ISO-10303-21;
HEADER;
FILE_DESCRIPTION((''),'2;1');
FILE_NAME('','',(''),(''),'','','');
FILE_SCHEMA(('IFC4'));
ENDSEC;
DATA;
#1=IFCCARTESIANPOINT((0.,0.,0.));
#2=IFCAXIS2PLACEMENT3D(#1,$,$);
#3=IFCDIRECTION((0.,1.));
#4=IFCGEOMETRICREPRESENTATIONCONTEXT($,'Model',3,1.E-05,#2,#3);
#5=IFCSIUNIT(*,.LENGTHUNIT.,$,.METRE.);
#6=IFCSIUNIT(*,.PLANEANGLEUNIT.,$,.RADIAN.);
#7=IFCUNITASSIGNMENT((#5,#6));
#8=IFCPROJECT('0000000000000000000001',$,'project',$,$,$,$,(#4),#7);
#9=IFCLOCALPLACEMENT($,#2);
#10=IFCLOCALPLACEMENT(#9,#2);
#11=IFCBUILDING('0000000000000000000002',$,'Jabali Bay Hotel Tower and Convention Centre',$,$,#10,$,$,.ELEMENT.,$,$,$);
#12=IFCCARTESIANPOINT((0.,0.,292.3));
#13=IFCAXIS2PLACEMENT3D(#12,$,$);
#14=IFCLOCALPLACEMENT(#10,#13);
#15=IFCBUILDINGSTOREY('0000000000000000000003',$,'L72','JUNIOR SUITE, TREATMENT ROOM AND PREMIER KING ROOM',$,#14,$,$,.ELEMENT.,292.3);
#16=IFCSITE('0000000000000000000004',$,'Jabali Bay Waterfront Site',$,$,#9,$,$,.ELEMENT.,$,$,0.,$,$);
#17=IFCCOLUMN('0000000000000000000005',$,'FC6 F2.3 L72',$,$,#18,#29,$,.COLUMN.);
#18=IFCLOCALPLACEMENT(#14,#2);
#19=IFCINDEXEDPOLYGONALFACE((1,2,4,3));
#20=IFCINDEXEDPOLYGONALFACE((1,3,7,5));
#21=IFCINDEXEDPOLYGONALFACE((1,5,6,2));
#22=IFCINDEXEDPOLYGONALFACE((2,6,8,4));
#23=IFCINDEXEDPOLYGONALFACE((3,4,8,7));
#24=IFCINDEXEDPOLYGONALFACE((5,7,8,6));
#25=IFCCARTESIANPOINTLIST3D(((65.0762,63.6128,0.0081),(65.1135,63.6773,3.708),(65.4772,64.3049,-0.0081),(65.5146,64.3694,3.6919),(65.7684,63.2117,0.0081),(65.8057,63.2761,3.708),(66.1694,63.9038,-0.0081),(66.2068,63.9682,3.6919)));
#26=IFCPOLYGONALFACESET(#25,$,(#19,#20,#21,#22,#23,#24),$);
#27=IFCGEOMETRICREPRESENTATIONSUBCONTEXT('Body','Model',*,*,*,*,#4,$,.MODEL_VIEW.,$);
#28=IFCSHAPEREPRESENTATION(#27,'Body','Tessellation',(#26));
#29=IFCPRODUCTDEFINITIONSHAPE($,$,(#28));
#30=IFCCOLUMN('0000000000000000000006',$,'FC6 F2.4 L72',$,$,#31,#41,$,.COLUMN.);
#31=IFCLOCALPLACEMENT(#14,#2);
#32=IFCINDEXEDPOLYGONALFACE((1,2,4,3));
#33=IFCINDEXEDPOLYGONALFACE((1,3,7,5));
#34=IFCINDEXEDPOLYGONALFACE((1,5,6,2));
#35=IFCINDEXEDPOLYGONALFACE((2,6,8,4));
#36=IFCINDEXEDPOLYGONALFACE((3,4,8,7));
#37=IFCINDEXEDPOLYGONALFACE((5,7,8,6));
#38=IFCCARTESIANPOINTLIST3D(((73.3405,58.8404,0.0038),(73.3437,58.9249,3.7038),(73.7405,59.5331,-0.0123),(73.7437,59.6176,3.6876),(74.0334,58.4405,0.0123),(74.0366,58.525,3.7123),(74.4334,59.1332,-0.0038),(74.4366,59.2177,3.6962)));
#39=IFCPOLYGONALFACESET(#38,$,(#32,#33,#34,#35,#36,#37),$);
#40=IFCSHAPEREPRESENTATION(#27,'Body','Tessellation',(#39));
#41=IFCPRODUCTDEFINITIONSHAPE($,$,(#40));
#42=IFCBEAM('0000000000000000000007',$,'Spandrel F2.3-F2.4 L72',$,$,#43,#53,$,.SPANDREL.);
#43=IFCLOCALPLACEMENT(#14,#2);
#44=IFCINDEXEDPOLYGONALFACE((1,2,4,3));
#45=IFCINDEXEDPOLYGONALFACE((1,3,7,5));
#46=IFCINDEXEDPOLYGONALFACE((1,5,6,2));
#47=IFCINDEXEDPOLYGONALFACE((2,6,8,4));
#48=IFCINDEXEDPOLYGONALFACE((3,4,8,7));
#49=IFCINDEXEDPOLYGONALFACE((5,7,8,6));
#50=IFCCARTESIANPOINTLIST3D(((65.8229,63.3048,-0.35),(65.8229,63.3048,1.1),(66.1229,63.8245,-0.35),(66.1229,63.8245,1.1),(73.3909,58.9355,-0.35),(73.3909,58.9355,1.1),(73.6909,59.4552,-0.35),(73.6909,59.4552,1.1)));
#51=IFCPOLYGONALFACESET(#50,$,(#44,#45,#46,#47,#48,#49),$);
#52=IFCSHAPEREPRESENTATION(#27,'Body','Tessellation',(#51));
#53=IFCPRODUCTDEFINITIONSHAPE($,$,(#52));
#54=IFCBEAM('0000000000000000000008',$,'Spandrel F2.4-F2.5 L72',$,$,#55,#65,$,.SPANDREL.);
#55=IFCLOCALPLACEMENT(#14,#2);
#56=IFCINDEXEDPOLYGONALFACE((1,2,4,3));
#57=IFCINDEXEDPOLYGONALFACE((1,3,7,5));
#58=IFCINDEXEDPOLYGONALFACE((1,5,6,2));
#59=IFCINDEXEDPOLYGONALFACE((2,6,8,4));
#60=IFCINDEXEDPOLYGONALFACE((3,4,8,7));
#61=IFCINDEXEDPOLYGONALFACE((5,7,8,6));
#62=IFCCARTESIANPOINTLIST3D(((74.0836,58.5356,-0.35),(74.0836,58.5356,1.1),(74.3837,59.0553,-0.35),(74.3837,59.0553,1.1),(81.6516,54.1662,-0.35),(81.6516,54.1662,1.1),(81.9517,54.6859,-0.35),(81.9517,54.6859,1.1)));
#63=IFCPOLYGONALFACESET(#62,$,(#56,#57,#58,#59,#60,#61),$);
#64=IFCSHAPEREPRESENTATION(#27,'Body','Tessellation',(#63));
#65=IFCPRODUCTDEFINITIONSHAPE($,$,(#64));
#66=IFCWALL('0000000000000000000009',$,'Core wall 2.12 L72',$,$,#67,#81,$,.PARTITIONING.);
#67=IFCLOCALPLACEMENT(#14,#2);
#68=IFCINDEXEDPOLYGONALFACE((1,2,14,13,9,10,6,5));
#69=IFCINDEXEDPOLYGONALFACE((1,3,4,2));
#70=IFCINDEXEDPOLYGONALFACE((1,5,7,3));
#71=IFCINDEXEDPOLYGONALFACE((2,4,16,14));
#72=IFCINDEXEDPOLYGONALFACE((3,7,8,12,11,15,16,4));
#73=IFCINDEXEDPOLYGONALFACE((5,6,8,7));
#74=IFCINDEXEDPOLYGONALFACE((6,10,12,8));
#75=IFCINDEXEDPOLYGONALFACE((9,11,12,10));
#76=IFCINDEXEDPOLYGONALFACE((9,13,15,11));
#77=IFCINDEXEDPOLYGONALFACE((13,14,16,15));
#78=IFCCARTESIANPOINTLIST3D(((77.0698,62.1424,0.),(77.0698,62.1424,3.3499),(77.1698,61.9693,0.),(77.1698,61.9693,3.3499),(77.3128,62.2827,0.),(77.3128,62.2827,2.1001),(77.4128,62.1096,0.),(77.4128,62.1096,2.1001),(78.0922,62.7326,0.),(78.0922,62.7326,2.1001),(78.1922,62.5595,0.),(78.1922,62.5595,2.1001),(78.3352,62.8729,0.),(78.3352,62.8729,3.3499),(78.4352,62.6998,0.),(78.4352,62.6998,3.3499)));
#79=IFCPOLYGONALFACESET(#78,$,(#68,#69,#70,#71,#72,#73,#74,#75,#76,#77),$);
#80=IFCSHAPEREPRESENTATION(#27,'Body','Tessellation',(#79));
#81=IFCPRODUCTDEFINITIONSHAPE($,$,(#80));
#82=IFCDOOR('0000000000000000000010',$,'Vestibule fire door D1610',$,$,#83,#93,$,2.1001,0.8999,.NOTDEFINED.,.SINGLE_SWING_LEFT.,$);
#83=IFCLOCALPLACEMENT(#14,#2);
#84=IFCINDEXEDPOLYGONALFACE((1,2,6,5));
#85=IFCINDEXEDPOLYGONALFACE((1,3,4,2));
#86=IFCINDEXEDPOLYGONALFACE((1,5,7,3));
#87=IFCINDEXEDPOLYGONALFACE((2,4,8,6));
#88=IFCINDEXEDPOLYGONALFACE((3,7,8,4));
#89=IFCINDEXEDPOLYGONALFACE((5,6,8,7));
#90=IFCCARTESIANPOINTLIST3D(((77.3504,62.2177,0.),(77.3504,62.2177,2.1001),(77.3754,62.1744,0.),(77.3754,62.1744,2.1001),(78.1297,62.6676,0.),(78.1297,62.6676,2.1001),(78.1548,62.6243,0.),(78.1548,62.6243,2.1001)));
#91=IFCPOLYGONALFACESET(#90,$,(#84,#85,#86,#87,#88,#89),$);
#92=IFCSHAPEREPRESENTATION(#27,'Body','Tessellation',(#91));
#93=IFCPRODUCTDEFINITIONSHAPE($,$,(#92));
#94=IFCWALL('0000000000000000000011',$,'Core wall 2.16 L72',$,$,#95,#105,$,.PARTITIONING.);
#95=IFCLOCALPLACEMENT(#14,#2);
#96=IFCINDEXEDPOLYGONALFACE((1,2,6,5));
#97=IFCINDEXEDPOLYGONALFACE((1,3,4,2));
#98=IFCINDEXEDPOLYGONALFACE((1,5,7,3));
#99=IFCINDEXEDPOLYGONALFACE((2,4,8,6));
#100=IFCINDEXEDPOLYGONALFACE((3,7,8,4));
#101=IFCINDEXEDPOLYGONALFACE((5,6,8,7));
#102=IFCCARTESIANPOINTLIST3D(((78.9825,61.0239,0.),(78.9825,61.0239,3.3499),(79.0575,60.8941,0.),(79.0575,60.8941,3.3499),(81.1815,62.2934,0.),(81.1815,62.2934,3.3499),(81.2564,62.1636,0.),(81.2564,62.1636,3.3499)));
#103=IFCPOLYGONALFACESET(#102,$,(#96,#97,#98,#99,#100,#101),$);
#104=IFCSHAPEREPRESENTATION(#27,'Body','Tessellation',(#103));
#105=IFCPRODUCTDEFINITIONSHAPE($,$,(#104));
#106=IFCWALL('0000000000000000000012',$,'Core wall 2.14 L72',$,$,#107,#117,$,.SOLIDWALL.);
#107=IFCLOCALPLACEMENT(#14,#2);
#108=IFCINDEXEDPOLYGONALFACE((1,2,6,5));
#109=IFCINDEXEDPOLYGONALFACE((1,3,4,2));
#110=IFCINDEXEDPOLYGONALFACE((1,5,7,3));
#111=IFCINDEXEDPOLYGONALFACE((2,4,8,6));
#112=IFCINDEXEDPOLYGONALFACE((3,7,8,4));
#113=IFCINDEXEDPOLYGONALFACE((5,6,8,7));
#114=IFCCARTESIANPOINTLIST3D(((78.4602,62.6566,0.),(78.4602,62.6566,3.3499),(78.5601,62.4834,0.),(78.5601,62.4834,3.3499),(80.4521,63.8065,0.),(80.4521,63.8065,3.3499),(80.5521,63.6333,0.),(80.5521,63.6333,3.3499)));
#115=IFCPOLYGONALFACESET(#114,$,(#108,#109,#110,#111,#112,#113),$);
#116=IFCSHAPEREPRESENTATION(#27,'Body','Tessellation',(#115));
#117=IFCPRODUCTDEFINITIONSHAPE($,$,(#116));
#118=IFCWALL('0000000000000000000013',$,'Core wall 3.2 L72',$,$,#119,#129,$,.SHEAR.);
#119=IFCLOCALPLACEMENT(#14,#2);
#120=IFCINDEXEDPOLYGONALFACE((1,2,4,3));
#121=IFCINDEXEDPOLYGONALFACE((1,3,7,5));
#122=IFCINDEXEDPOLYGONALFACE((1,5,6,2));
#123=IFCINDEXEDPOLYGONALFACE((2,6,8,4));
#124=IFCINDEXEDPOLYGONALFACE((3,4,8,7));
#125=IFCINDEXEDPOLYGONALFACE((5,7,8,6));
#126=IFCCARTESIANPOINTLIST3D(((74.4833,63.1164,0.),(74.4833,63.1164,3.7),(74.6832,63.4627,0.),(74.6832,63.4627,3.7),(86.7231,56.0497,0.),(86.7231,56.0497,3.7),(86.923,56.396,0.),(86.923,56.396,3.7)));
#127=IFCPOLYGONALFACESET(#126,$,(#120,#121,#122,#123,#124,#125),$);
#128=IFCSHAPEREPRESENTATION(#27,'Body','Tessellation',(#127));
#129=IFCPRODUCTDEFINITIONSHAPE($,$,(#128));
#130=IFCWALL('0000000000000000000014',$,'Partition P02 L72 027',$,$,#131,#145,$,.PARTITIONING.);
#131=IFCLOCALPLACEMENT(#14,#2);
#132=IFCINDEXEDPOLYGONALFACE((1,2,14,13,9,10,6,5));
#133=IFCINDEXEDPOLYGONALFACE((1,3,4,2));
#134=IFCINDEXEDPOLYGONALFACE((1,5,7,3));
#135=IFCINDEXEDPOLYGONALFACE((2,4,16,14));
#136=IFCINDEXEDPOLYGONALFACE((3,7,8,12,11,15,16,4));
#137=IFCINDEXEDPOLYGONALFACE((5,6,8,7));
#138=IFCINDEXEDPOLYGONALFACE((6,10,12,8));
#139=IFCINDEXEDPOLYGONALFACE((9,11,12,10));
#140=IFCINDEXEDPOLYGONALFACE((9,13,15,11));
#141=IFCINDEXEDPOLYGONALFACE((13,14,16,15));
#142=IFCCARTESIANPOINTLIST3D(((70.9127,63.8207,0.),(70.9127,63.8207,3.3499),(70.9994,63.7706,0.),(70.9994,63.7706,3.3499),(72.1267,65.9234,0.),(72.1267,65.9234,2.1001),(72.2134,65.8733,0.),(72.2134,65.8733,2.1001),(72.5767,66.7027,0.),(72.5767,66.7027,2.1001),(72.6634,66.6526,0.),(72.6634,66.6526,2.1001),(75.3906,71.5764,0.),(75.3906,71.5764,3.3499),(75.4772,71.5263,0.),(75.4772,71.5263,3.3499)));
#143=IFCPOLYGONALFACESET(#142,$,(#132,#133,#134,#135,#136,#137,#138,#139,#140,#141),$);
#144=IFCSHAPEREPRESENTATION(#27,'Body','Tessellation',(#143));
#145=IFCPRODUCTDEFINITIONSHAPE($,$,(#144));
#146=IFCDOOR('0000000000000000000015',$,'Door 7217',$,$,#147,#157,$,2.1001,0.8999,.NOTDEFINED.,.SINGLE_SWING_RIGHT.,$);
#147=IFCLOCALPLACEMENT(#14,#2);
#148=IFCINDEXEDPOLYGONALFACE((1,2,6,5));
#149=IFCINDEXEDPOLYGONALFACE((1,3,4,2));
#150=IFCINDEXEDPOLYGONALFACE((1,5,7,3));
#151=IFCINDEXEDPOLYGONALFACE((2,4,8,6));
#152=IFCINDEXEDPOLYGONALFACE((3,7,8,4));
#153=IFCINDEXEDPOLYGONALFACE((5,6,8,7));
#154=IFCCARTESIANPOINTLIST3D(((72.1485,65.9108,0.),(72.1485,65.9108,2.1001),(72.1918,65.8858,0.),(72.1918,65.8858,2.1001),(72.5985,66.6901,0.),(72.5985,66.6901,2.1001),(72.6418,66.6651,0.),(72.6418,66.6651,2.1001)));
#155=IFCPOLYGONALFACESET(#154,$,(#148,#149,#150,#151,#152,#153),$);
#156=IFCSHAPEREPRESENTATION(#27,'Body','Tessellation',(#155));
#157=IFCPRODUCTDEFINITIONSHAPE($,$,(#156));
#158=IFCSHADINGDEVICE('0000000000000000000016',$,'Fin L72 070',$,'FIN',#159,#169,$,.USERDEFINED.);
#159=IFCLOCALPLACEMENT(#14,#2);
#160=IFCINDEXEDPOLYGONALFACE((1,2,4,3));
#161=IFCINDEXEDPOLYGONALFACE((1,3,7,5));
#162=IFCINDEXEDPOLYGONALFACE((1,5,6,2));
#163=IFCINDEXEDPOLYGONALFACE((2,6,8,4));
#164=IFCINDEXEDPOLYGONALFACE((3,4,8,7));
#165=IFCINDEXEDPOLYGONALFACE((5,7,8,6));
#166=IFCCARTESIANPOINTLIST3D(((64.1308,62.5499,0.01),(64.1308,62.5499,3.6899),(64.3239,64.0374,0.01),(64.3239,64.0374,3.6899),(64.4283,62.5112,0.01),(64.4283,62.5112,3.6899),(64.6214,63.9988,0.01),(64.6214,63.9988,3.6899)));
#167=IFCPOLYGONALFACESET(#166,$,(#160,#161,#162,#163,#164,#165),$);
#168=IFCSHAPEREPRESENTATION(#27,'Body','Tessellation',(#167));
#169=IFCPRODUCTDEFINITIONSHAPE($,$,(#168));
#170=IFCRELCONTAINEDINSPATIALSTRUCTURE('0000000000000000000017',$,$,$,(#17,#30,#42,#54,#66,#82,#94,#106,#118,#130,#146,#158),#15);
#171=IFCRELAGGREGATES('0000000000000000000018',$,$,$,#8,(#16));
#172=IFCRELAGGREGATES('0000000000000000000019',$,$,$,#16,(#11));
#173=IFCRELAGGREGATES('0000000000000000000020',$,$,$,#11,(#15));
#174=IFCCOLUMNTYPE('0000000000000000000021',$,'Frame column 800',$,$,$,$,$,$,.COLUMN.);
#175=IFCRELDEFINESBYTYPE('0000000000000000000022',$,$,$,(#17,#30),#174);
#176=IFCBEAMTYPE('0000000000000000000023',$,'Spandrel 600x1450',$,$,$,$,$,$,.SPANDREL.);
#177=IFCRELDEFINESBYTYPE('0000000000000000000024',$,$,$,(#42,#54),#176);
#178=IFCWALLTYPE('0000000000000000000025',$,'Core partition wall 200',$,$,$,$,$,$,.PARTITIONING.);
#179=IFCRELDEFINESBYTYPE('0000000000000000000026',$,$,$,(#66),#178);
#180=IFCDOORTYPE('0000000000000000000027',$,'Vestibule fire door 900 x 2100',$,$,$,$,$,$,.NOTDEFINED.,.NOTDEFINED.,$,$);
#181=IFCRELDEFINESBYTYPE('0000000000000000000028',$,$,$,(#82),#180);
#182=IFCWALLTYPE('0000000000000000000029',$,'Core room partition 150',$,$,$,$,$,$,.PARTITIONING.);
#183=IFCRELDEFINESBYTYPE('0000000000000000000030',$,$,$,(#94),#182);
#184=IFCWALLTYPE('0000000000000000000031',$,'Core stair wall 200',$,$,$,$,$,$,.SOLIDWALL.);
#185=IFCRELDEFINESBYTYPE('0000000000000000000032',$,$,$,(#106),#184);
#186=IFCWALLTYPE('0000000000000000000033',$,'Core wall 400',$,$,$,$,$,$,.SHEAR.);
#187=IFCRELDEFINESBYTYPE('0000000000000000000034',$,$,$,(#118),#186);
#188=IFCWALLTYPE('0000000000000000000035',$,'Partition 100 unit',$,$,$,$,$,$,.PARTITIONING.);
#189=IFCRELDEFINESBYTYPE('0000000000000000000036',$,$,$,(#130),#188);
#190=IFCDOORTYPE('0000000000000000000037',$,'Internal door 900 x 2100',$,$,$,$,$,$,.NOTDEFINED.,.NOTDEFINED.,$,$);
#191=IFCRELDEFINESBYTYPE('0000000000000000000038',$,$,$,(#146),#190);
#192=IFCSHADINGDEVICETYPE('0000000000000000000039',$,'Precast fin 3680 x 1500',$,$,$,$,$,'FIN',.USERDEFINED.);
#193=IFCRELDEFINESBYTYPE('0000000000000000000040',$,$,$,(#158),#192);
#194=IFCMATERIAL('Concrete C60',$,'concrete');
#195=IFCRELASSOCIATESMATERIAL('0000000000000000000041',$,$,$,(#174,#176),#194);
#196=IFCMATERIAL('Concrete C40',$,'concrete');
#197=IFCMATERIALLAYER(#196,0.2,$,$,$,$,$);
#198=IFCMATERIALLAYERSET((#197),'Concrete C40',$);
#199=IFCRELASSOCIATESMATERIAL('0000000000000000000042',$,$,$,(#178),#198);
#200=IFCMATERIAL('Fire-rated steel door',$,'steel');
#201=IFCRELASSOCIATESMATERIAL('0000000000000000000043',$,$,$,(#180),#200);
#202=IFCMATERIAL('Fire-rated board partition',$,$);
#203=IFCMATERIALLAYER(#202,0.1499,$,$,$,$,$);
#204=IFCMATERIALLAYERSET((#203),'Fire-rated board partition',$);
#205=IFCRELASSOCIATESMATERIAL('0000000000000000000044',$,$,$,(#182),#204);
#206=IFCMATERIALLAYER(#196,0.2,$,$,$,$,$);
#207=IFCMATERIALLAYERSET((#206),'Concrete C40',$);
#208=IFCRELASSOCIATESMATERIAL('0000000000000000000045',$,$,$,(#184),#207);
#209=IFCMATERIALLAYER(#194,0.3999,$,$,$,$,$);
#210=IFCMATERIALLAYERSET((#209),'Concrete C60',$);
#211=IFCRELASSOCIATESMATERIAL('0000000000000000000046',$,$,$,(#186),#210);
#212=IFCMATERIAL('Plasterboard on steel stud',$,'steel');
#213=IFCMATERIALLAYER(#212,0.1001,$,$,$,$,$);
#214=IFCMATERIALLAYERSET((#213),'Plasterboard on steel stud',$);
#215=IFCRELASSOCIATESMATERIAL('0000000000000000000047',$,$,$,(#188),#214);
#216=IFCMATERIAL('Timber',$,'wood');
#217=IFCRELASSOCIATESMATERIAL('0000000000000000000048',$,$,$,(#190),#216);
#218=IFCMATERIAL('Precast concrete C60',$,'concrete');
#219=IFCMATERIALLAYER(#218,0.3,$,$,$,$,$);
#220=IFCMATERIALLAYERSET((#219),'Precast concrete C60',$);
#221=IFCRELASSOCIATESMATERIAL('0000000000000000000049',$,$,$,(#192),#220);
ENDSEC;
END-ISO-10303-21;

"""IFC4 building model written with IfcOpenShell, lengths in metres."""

from ifc_helpers import new_model, si_unit, direction, frame, frame_2d, origin, origin_2d, place, context, subcontext, project, spatial, rectangle, extrude, material, layer, layer_set, material_profile, profile_set, type_object, element, fill, save


model = new_model("IFC4")

# Units and contexts
model_context = context("Model", 3, precision=1e-05, world=origin(), true_north=direction((0.0, 1.0)))
body_context = subcontext(model_context, "Body", "Model", "MODEL_VIEW")
ifc_project = project(units=[si_unit("LENGTHUNIT", "METRE"), si_unit("PLANEANGLEUNIT", "RADIAN")], contexts=[model_context])

# Site, building, storey
site_placement = place(None, origin())
site = spatial("IfcSite", under=ifc_project, at=site_placement, Name="Jabali Bay Waterfront Site", CompositionType="ELEMENT", RefElevation=0.0)
building_placement = place(site_placement, origin())
building = spatial("IfcBuilding", under=site, at=building_placement, Name="Jabali Bay Hotel Tower and Convention Centre", CompositionType="ELEMENT")
storey_placement = place(building_placement, frame((0.0, 0.0, 292.3)))
storey = spatial("IfcBuildingStorey", under=building, at=storey_placement, Name="L72", Description="JUNIOR SUITE, TREATMENT ROOM AND PREMIER KING ROOM", CompositionType="ELEMENT", Elevation=292.3)

# Columns
ifc_material_1 = material(Name="Concrete C60", Category="concrete")
ifc_material_profile_1 = material_profile(ifc_material_1, rectangle(XDim=0.8, YDim=0.8, at=origin_2d()), Name="Frame column 800")
ifc_profile_set_1 = profile_set([ifc_material_profile_1], Name="Concrete C60")
column_type = type_object("IfcColumnType", Name="Frame column 800", PredefinedType="COLUMN", material=ifc_profile_set_1)
column_1_placement = place(storey_placement, frame((65.6228, 63.7583, 0.0), z_axis=(0.010094, 0.017416, 0.999797), x_axis=(-0.865209, 0.501412, 0.0)))
element("IfcColumn", 1, at=column_1_placement, inside=storey, type_object=column_type, Name="FC6 F2.3 L72", PredefinedType="COLUMN", context=body_context, shape_type="SweptSolid", body=[
    extrude(rectangle(XDim=0.8, YDim=0.8, at=origin_2d()), origin(), (0.0, 0.0, 1.0), 3.7007),
])
column_2_placement = place(storey_placement, frame((73.887, 58.9868, 0.0), z_axis=(0.000858, 0.022825, 0.999739), x_axis=(-0.499949, -0.865819, 0.020196)))
element("IfcColumn", 2, at=column_2_placement, inside=storey, type_object=column_type, Name="FC6 F2.4 L72", PredefinedType="COLUMN", context=body_context, shape_type="SweptSolid", body=[
    extrude(rectangle(XDim=0.8, YDim=0.8, at=origin_2d()), origin(), (0.0, 0.0, 1.0), 3.7009),
])

# Beams
ifc_material_profile_2 = material_profile(ifc_material_1, rectangle(XDim=0.6001, YDim=1.45, at=origin_2d()), Name="Spandrel 600x1450")
ifc_profile_set_2 = profile_set([ifc_material_profile_2], Name="Concrete C60")
beam_type = type_object("IfcBeamType", Name="Spandrel 600x1450", PredefinedType="SPANDREL", material=ifc_profile_set_2)
for number, where, z_axis, x_axis, name in (
    (3, (65.9729, 63.5647, 0.375), (0.866029, -0.499994, 0.0), (0.499994, 0.866029, 0.0), "Spandrel F2.3-F2.4 L72"),
    (4, (74.2336, 58.7954, 0.375), (0.866029, -0.499994, 0.0), (0.499994, 0.866029, 0.0), "Spandrel F2.4-F2.5 L72"),
):
    element("IfcBeam", number, at=place(storey_placement, frame(where, z_axis=z_axis, x_axis=x_axis)), inside=storey, type_object=beam_type, Name=name, PredefinedType="SPANDREL", context=body_context, shape_type="SweptSolid", body=[
        extrude(rectangle(XDim=0.6001, YDim=1.45, at=origin_2d()), origin(), (0.0, 0.0, 1.0), 8.7388),
    ])

# Wall, opening, door
ifc_material_2 = material(Name="Concrete C40", Category="concrete")
ifc_layer_1 = layer(ifc_material_2, 0.2)
ifc_layer_set_1 = layer_set([ifc_layer_1], Name="Concrete C40")
wall_type_1 = type_object("IfcWallType", Name="Core partition wall 200", PredefinedType="PARTITIONING", material=ifc_layer_set_1)
wall_1_placement = place(storey_placement, frame((77.1199, 62.0559, 0.0), z_axis=(0.0, 0.0, 1.0), x_axis=(0.866055, 0.499949, 0.0)))
wall_1 = element("IfcWall", 5, at=wall_1_placement, inside=storey, type_object=wall_type_1, Name="Core wall 2.12 L72", PredefinedType="PARTITIONING", context=body_context, shape_type="SweptSolid", body=[
    extrude(rectangle(XDim=1.4612, YDim=0.2, at=frame_2d((0.7305, 0.0))), origin(), (0.0, 0.0, 1.0), 3.3499),
])
opening_1_placement = place(wall_1_placement, frame((0.2805, 0.0, 0.0)))
opening_1 = element("IfcOpeningElement", 6, at=opening_1_placement, cuts=wall_1, PredefinedType="OPENING", context=body_context, shape_type="SweptSolid", body=[
    extrude(rectangle(XDim=0.8999, YDim=2.1001, at=frame_2d((0.45, 1.05))), frame((0.0, 0.1104, 0.0), z_axis=(0.0, -1.0, 0.0), x_axis=(1.0, 0.0, 0.0)), (0.0, 0.0, 1.0), 0.2209),
])
ifc_material_3 = material(Name="Fire-rated steel door", Category="steel")
door_type_1 = type_object("IfcDoorType", Name="Vestibule fire door 900 x 2100", OperationType="NOTDEFINED", PredefinedType="NOTDEFINED", material=ifc_material_3)
door_1_placement = place(opening_1_placement, origin())
door_1 = element("IfcDoor", 7, at=door_1_placement, inside=storey, type_object=door_type_1, Name="Vestibule fire door D1610", OperationType="SINGLE_SWING_LEFT", OverallHeight=2.1001, OverallWidth=0.8999, PredefinedType="NOTDEFINED", context=body_context, shape_type="SweptSolid", body=[
    extrude(rectangle(XDim=0.8999, YDim=2.1001, at=frame_2d((0.45, 1.05))), frame((0.0, 0.0249, 0.0), z_axis=(0.0, -1.0, 0.0), x_axis=(1.0, 0.0, 0.0)), (0.0, 0.0, 1.0), 0.05),
])
fill(opening_1, door_1)

# Walls
ifc_material_4 = material(Name="Fire-rated board partition")
ifc_layer_2 = layer(ifc_material_4, 0.1499)
ifc_layer_set_2 = layer_set([ifc_layer_2], Name="Fire-rated board partition")
wall_type_2 = type_object("IfcWallType", Name="Core room partition 150", PredefinedType="PARTITIONING", material=ifc_layer_set_2)
wall_2_placement = place(storey_placement, frame((79.02, 60.959, 0.0), z_axis=(0.0, 0.0, 1.0), x_axis=(0.866033, 0.499986, 0.0)))
element("IfcWall", 8, at=wall_2_placement, inside=storey, type_object=wall_type_2, Name="Core wall 2.16 L72", PredefinedType="PARTITIONING", context=body_context, shape_type="SweptSolid", body=[
    extrude(rectangle(XDim=2.5391, YDim=0.1499, at=frame_2d((1.2695, 0.0))), origin(), (0.0, 0.0, 1.0), 3.3499),
])
ifc_layer_3 = layer(ifc_material_2, 0.2)
ifc_layer_set_3 = layer_set([ifc_layer_3], Name="Concrete C40")
wall_type_3 = type_object("IfcWallType", Name="Core stair wall 200", PredefinedType="SOLIDWALL", material=ifc_layer_set_3)
wall_3_placement = place(storey_placement, frame((78.5103, 62.5701, 0.0), z_axis=(0.0, 0.0, 1.0), x_axis=(0.866053, 0.499952, 0.0)))
element("IfcWall", 9, at=wall_3_placement, inside=storey, type_object=wall_type_3, Name="Core wall 2.14 L72", PredefinedType="SOLIDWALL", context=body_context, shape_type="SweptSolid", body=[
    extrude(rectangle(XDim=2.3, YDim=0.2, at=frame_2d((1.1499, 0.0))), origin(), (0.0, 0.0, 1.0), 3.3499),
])
ifc_layer_4 = layer(ifc_material_1, 0.3999)
ifc_layer_set_4 = layer_set([ifc_layer_4], Name="Concrete C60")
wall_type_4 = type_object("IfcWallType", Name="Core wall 400", PredefinedType="SHEAR", material=ifc_layer_set_4)
wall_4_placement = place(storey_placement, frame((74.5833, 63.2896, 0.0), z_axis=(0.0, 0.0, 1.0), x_axis=(0.866024, -0.500002, 0.0)))
element("IfcWall", 10, at=wall_4_placement, inside=storey, type_object=wall_type_4, Name="Core wall 3.2 L72", PredefinedType="SHEAR", context=body_context, shape_type="SweptSolid", body=[
    extrude(rectangle(XDim=14.1333, YDim=0.3999, at=frame_2d((7.0667, 0.0))), origin(), (0.0, 0.0, 1.0), 3.7),
])

# Wall, opening, door
ifc_material_5 = material(Name="Plasterboard on steel stud", Category="steel")
ifc_layer_5 = layer(ifc_material_5, 0.1001)
ifc_layer_set_5 = layer_set([ifc_layer_5], Name="Plasterboard on steel stud")
wall_type_5 = type_object("IfcWallType", Name="Partition 100 unit", PredefinedType="PARTITIONING", material=ifc_layer_set_5)
wall_5_placement = place(storey_placement, frame((70.9561, 63.7957, 0.0), z_axis=(0.0, 0.0, 1.0), x_axis=(0.500006, 0.866022, 0.0)))
wall_5 = element("IfcWall", 11, at=wall_5_placement, inside=storey, type_object=wall_type_5, Name="Partition P02 L72 027", PredefinedType="PARTITIONING", context=body_context, shape_type="SweptSolid", body=[
    extrude(rectangle(XDim=8.9556, YDim=0.1001, at=frame_2d((4.4778, 0.0))), origin(), (0.0, 0.0, 1.0), 3.3499),
])
opening_2_placement = place(wall_5_placement, frame((2.428, 0.0, 0.0)))
opening_2 = element("IfcOpeningElement", 12, at=opening_2_placement, cuts=wall_5, PredefinedType="OPENING", context=body_context, shape_type="SweptSolid", body=[
    extrude(rectangle(XDim=0.8999, YDim=2.1001, at=frame_2d((0.45, 1.05))), frame((0.0, 0.0605, 0.0), z_axis=(0.0, -1.0, 0.0), x_axis=(1.0, 0.0, 0.0)), (0.0, 0.0, 1.0), 0.1211),
])
ifc_material_6 = material(Name="Timber", Category="wood")
door_type_2 = type_object("IfcDoorType", Name="Internal door 900 x 2100", OperationType="NOTDEFINED", PredefinedType="NOTDEFINED", material=ifc_material_6)
door_2_placement = place(opening_2_placement, origin())
door_2 = element("IfcDoor", 13, at=door_2_placement, inside=storey, type_object=door_type_2, Name="Door 7217", OperationType="SINGLE_SWING_RIGHT", OverallHeight=2.1001, OverallWidth=0.8999, PredefinedType="NOTDEFINED", context=body_context, shape_type="SweptSolid", body=[
    extrude(rectangle(XDim=0.8999, YDim=2.1001, at=frame_2d((0.45, 1.05))), frame((0.0, 0.0249, 0.0), z_axis=(0.0, -1.0, 0.0), x_axis=(1.0, 0.0, 0.0)), (0.0, 0.0, 1.0), 0.05),
])
fill(opening_2, door_2)

# Shading device
ifc_material_7 = material(Name="Precast concrete C60", Category="concrete")
ifc_layer_6 = layer(ifc_material_7, 0.3)
ifc_layer_set_6 = layer_set([ifc_layer_6], Name="Precast concrete C60")
shading_device_type = type_object("IfcShadingDeviceType", Name="Precast fin 3680 x 1500", ElementType="FIN", PredefinedType="USERDEFINED", material=ifc_layer_set_6)
for number, where, z_axis, x_axis, name in (
    (14, (64.4727, 64.0181, 0.01), (0.0, 0.0, 1.0), (-0.128741, -0.991678, 0.0), "Fin L72 070"),
):
    element("IfcShadingDevice", number, at=place(storey_placement, frame(where, z_axis=z_axis, x_axis=x_axis)), inside=storey, type_object=shading_device_type, Name=name, ObjectType="FIN", PredefinedType="USERDEFINED", context=body_context, shape_type="SweptSolid", body=[
        extrude(rectangle(XDim=1.5, YDim=0.3, at=frame_2d((0.75, 0.0))), origin(), (0.0, 0.0, 1.0), 3.6799),
    ])

save(model, "model.ifc")
